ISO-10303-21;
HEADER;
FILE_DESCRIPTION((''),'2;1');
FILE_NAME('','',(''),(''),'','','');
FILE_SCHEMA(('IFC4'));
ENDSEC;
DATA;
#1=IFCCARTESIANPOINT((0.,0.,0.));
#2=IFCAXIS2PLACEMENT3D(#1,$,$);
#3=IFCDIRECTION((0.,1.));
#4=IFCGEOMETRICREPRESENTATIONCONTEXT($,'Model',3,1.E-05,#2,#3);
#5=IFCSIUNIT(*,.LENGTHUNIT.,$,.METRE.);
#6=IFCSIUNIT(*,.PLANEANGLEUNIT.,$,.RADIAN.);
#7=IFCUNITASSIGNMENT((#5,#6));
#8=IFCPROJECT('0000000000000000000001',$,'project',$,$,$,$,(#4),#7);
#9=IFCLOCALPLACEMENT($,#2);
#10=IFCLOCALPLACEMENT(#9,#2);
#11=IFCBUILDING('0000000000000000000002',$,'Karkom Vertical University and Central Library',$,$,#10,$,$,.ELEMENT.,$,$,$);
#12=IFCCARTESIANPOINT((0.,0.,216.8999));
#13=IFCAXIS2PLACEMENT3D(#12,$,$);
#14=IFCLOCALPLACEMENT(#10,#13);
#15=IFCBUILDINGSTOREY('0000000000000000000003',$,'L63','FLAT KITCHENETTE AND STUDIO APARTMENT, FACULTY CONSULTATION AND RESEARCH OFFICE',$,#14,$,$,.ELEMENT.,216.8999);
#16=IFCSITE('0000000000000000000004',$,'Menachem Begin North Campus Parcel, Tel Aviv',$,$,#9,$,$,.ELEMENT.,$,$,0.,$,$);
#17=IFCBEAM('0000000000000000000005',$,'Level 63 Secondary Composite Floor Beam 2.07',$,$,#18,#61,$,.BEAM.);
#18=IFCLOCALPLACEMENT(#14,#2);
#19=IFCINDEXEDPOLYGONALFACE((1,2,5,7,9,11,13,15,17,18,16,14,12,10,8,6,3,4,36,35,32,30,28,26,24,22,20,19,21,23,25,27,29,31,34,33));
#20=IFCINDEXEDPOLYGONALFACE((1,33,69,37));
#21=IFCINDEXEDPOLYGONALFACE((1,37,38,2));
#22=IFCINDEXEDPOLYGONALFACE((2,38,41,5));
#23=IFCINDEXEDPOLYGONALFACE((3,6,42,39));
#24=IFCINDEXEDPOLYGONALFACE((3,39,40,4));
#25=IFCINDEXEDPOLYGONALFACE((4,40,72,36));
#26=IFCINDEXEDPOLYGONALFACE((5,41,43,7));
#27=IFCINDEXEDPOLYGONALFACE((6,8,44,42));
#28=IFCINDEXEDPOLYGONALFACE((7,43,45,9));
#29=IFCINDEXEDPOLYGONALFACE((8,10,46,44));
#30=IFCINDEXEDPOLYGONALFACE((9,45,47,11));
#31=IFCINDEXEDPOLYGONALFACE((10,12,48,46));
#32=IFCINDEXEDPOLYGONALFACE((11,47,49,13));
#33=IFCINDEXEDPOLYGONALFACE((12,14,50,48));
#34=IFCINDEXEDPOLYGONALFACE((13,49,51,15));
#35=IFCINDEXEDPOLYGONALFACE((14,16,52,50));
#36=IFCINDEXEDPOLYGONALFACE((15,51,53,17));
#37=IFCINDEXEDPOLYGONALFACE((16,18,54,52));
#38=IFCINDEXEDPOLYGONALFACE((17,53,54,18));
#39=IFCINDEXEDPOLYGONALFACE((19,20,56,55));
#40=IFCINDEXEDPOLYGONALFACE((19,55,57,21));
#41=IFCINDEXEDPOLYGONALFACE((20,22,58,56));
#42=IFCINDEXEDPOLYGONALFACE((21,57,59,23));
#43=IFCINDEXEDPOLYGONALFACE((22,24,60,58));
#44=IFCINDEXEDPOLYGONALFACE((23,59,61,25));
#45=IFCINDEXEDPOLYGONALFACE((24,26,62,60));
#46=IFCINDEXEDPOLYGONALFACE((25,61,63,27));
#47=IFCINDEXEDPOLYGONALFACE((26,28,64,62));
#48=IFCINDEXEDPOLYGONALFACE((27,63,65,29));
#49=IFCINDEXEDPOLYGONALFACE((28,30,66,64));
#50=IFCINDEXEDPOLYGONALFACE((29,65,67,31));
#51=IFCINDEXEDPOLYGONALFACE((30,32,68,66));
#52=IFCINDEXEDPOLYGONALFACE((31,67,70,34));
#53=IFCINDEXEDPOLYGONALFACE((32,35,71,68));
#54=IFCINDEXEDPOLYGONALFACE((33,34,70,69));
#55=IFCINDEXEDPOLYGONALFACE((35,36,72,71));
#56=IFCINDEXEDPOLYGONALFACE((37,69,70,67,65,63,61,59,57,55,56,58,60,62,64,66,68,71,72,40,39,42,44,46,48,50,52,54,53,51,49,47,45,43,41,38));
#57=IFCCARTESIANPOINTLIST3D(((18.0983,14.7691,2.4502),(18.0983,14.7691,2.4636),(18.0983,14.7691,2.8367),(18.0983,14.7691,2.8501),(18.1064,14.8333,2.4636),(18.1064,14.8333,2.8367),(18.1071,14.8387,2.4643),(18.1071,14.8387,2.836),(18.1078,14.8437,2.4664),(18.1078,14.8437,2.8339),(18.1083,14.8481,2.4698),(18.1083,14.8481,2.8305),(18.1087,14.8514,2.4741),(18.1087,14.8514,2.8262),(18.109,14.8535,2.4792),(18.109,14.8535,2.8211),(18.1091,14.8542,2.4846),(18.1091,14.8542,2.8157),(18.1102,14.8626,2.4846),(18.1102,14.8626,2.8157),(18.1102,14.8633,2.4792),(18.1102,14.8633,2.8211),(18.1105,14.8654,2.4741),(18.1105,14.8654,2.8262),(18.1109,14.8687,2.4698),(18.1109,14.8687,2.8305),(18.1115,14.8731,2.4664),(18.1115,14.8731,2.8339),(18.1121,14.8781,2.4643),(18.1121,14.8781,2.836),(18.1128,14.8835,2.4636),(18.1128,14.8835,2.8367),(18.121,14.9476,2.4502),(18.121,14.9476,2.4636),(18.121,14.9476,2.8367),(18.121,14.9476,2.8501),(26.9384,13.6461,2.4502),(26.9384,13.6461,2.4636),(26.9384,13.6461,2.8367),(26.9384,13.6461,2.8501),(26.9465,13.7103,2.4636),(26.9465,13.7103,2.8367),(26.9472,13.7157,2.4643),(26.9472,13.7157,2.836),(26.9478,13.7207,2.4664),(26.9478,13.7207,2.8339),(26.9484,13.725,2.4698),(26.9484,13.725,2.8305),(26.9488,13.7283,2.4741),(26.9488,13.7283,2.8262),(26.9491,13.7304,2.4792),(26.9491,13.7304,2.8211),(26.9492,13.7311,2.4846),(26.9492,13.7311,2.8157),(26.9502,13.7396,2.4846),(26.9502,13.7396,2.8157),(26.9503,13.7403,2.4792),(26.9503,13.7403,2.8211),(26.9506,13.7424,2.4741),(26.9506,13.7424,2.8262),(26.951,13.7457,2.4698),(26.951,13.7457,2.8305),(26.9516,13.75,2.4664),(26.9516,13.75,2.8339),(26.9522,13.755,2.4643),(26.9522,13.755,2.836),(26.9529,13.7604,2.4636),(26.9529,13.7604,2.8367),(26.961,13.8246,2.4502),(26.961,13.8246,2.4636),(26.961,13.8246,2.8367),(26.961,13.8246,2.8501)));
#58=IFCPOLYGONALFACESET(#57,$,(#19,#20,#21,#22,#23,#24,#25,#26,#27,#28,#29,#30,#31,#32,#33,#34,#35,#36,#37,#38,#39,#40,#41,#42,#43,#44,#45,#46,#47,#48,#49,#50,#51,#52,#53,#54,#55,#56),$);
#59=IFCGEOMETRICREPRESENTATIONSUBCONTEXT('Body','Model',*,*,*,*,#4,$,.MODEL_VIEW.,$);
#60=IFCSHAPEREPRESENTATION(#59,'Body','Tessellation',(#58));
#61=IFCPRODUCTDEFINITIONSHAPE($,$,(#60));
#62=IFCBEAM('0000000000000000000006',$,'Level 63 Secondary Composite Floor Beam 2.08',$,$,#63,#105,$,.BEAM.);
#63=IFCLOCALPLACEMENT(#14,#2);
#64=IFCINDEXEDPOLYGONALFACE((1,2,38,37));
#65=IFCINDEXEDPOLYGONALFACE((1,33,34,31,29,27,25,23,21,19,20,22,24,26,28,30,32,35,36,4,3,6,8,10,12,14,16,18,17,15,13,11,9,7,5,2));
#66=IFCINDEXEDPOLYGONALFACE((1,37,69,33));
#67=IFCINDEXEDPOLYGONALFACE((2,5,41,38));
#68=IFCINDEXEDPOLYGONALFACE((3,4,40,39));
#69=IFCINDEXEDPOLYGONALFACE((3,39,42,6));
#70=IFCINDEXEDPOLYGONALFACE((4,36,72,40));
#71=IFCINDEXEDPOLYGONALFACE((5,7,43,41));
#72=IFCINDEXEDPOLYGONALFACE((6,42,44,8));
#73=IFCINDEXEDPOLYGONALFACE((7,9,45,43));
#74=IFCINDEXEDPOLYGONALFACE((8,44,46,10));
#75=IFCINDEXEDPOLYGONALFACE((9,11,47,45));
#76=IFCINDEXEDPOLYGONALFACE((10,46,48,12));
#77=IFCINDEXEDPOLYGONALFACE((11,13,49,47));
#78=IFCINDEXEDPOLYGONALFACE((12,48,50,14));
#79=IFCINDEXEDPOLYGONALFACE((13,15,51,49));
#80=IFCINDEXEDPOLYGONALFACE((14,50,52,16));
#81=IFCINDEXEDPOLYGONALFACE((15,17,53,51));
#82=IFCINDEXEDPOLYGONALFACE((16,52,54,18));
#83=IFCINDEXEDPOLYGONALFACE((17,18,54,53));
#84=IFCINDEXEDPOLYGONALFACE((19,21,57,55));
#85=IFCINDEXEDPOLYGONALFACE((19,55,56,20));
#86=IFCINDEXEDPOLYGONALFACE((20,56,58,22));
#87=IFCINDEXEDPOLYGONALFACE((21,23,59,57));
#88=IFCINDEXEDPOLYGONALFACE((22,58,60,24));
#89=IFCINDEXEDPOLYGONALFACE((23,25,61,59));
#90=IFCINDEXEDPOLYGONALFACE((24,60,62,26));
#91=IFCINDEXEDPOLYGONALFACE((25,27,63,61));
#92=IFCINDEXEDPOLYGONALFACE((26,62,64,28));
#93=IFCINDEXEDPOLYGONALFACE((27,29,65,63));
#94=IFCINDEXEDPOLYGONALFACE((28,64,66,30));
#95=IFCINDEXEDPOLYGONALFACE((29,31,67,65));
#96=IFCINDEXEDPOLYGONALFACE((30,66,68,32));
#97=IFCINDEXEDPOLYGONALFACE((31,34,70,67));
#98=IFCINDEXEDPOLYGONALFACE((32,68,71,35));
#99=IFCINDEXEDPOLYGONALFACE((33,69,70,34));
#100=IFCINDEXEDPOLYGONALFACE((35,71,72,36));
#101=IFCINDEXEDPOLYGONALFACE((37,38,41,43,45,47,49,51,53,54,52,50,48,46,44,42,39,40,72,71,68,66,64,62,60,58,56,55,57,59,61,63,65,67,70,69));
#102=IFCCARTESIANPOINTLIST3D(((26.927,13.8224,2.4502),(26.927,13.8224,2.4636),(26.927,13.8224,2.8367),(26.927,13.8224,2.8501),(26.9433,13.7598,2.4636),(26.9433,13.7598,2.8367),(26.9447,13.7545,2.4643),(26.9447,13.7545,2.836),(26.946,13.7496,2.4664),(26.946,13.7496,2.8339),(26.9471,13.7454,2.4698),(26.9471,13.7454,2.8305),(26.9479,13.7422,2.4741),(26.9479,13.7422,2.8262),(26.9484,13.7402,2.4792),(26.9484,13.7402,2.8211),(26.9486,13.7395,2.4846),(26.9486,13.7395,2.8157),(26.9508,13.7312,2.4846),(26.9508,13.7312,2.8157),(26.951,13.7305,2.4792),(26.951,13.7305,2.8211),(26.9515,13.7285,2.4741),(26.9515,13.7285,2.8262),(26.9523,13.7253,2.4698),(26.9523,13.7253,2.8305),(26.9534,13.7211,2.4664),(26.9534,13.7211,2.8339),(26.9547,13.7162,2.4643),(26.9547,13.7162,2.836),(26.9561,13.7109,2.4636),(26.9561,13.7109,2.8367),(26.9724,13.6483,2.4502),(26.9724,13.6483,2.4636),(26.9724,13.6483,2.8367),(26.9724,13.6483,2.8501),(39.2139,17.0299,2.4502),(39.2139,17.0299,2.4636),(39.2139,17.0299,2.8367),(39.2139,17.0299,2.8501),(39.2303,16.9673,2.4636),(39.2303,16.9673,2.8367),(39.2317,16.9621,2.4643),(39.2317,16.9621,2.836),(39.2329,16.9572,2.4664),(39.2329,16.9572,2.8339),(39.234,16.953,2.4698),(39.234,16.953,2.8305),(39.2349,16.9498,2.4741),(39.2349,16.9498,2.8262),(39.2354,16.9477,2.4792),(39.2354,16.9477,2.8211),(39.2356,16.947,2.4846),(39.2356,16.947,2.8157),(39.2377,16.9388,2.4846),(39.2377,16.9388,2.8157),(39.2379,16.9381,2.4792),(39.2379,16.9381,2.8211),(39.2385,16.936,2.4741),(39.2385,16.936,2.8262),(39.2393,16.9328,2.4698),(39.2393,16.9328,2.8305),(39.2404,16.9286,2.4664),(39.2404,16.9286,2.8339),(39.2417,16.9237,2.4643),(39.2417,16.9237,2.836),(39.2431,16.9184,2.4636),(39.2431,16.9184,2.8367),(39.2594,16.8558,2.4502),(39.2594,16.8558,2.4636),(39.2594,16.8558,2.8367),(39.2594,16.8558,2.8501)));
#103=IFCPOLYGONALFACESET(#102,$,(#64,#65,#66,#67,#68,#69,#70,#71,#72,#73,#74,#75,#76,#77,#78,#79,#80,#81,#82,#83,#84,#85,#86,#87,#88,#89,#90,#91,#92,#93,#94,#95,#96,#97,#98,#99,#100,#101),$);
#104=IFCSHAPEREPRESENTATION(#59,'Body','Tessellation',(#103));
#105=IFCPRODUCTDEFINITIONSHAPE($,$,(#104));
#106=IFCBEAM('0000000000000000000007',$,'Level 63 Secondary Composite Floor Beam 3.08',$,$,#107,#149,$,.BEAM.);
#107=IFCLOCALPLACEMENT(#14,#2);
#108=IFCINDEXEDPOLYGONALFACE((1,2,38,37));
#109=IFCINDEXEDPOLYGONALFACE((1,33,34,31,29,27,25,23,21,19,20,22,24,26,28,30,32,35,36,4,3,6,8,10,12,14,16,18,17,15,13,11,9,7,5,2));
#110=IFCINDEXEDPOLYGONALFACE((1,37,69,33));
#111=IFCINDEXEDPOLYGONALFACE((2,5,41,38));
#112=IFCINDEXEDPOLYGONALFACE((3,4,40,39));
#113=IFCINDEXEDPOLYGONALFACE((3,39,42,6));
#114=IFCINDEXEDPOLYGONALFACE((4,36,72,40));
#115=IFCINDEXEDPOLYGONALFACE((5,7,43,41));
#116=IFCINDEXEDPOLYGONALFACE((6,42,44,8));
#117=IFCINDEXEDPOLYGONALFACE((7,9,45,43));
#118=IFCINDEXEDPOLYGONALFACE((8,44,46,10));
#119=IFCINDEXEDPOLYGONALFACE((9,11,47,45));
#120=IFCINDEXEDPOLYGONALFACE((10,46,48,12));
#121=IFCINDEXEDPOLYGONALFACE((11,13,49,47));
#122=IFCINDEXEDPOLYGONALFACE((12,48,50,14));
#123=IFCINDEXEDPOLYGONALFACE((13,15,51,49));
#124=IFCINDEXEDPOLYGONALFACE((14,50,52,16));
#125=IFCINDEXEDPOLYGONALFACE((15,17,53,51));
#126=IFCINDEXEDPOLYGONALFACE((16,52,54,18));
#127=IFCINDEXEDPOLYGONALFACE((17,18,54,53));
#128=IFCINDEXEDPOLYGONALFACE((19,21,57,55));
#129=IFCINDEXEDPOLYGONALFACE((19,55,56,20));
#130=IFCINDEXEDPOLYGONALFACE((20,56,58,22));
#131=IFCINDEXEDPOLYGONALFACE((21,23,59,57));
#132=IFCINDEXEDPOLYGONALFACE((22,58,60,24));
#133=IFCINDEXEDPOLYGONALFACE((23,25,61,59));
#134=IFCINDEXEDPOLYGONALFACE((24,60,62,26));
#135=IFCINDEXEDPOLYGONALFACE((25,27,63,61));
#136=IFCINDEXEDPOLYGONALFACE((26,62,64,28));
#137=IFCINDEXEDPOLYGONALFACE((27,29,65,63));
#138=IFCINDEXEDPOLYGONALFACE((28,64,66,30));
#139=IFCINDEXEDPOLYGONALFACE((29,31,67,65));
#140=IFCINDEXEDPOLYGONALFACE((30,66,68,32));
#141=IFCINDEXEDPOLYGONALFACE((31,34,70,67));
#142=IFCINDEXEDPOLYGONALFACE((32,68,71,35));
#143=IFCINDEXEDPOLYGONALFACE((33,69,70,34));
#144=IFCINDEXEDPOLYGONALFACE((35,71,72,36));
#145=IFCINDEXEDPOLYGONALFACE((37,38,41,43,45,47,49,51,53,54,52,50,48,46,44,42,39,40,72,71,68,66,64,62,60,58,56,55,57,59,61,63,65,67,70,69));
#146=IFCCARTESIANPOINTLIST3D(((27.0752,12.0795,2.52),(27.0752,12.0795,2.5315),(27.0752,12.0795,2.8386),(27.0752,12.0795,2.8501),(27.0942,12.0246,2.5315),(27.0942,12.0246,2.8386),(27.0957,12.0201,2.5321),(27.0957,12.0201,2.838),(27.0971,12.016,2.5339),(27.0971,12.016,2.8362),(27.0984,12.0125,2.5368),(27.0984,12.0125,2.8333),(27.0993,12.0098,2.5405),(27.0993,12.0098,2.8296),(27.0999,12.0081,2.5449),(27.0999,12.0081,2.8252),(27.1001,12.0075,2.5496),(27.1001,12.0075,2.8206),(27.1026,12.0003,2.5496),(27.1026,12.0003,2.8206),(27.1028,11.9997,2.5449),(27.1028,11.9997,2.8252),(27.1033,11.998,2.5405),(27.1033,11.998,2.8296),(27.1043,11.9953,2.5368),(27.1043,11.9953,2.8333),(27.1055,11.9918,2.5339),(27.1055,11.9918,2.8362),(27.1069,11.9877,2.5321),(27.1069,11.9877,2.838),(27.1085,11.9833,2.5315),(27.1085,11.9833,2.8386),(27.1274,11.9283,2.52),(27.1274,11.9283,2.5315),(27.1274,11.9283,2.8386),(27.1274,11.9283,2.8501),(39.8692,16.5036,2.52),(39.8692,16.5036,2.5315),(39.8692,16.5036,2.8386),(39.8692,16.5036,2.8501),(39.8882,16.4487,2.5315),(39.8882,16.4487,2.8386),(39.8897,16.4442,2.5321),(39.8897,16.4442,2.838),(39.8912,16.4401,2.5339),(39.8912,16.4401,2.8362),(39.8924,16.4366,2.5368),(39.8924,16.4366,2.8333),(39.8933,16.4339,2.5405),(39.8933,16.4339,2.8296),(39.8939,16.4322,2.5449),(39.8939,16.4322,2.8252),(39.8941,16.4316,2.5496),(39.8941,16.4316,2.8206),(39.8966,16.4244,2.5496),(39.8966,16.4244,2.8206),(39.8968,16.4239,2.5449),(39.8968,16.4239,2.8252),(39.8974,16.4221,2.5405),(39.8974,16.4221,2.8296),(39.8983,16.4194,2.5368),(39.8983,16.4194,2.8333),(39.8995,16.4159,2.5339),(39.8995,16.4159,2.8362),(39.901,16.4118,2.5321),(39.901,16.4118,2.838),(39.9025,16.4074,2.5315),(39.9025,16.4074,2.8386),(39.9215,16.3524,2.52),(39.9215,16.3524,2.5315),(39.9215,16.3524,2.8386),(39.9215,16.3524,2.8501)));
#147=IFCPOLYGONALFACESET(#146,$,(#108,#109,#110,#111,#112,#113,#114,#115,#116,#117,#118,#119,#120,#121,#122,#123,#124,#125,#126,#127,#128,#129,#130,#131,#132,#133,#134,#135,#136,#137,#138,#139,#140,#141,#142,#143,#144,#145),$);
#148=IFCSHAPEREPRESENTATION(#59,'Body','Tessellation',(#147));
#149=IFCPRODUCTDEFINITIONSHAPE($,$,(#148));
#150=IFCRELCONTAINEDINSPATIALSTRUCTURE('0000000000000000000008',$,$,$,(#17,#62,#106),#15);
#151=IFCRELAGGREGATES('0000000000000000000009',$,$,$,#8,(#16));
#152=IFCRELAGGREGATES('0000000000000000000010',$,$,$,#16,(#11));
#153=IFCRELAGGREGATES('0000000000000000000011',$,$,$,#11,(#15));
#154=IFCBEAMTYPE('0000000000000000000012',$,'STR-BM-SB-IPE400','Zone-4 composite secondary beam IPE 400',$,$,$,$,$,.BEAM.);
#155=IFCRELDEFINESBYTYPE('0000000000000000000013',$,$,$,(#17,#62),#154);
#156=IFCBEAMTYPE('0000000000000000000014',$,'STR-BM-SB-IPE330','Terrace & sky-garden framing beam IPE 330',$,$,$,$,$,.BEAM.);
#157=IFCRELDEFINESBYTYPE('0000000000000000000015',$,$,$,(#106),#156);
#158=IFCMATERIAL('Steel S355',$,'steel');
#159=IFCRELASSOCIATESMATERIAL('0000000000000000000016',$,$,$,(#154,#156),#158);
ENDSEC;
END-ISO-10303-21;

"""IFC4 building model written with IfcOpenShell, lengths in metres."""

from ifc_helpers import new_model, si_unit, direction, frame, origin, origin_with_axes, origin_2d, place, context, subcontext, project, spatial, i_section, extrude, source, transform, mapped, material, material_profile, profile_set, type_object, element, save


model = new_model("IFC4")

# Units and contexts
model_context = context("Model", 3, precision=1e-05, world=origin(), true_north=direction((0.0, 1.0)))
body_context = subcontext(model_context, "Body", "Model", "MODEL_VIEW")
ifc_project = project(units=[si_unit("LENGTHUNIT", "METRE"), si_unit("PLANEANGLEUNIT", "RADIAN")], contexts=[model_context])

# Site, building, storey
site_placement = place(None, origin())
site = spatial("IfcSite", under=ifc_project, at=site_placement, Name="Menachem Begin North Campus Parcel, Tel Aviv", CompositionType="ELEMENT", RefElevation=0.0)
building_placement = place(site_placement, origin())
building = spatial("IfcBuilding", under=site, at=building_placement, Name="Karkom Vertical University and Central Library", CompositionType="ELEMENT")
storey_placement = place(building_placement, frame((0.0, 0.0, 216.8999)))
storey = spatial("IfcBuildingStorey", under=building, at=storey_placement, Name="L63", Description="FLAT KITCHENETTE AND STUDIO APARTMENT, FACULTY CONSULTATION AND RESEARCH OFFICE", CompositionType="ELEMENT", Elevation=216.8999)

# Beams
ifc_material_1 = material(Name="Steel S355", Category="steel")
ifc_material_profile_1 = material_profile(ifc_material_1, i_section(OverallWidth=0.1799, OverallDepth=0.3999, WebThickness=0.0085, FlangeThickness=0.0134, FilletRadius=0.021, at=origin_2d()), Name="IPE 400")
ifc_profile_set_1 = profile_set([ifc_material_profile_1], Name="Steel S355")
beam_type_1 = type_object("IfcBeamType", Name="STR-BM-SB-IPE400", Description="Zone-4 composite secondary beam IPE 400", PredefinedType="BEAM", material=ifc_profile_set_1)
shared_shape_1 = source(origin_with_axes(), body_context, "Body", "SweptSolid", [
    extrude(i_section(OverallWidth=0.1799, OverallDepth=0.3999, WebThickness=0.0085, FlangeThickness=0.0134, FilletRadius=0.021, at=origin_2d()), origin(), (0.0, 0.0, 1.0), 8.9111),
])
beam_1_placement = place(storey_placement, frame((18.1096, 14.8584, 2.6501), z_axis=(0.992027, -0.126027, 0.0), x_axis=(0.126027, 0.992027, 0.0)))
element("IfcBeam", 1, at=beam_1_placement, inside=storey, type_object=beam_type_1, Name="Level 63 Secondary Composite Floor Beam 2.07", PredefinedType="BEAM", context=body_context, shape_type="MappedRepresentation", body=[
    mapped(shared_shape_1, transform((0.0, 0.0, 0.0), scale=1.0)),
])
shared_shape_2 = source(origin_with_axes(), body_context, "Body", "SweptSolid", [
    extrude(i_section(OverallWidth=0.1799, OverallDepth=0.3999, WebThickness=0.0085, FlangeThickness=0.0134, FilletRadius=0.021, at=origin_2d()), origin(), (0.0, 0.0, 1.0), 12.6987),
])
beam_2_placement = place(storey_placement, frame((26.9497, 13.7354, 2.6501), z_axis=(0.967574, 0.252588, 0.0), x_axis=(-0.252588, 0.967574, 0.0)))
element("IfcBeam", 2, at=beam_2_placement, inside=storey, type_object=beam_type_1, Name="Level 63 Secondary Composite Floor Beam 2.08", PredefinedType="BEAM", context=body_context, shape_type="MappedRepresentation", body=[
    mapped(shared_shape_2, transform((0.0, 0.0, 0.0), scale=1.0)),
])
ifc_material_profile_2 = material_profile(ifc_material_1, i_section(OverallWidth=0.1599, OverallDepth=0.3301, WebThickness=0.0076, FlangeThickness=0.0115, FilletRadius=0.0181, at=origin_2d()), Name="IPE 330")
ifc_profile_set_2 = profile_set([ifc_material_profile_2], Name="Steel S355")
beam_type_2 = type_object("IfcBeamType", Name="STR-BM-SB-IPE330", Description="Terrace & sky-garden framing beam IPE 330", PredefinedType="BEAM", material=ifc_profile_set_2)
shared_shape_3 = source(origin_with_axes(), body_context, "Body", "SweptSolid", [
    extrude(i_section(OverallWidth=0.1599, OverallDepth=0.3301, WebThickness=0.0076, FlangeThickness=0.0115, FilletRadius=0.0181, at=origin_2d()), origin(), (0.0, 0.0, 1.0), 13.5374),
])
beam_3_placement = place(storey_placement, frame((27.1013, 12.0039, 2.6851), z_axis=(0.945091, 0.326807, 0.0), x_axis=(-0.326807, 0.945091, 0.0)))
element("IfcBeam", 3, at=beam_3_placement, inside=storey, type_object=beam_type_2, Name="Level 63 Secondary Composite Floor Beam 3.08", PredefinedType="BEAM", context=body_context, shape_type="MappedRepresentation", body=[
    mapped(shared_shape_3, transform((0.0, 0.0, 0.0), scale=1.0)),
])

save(model, "model.ifc")
